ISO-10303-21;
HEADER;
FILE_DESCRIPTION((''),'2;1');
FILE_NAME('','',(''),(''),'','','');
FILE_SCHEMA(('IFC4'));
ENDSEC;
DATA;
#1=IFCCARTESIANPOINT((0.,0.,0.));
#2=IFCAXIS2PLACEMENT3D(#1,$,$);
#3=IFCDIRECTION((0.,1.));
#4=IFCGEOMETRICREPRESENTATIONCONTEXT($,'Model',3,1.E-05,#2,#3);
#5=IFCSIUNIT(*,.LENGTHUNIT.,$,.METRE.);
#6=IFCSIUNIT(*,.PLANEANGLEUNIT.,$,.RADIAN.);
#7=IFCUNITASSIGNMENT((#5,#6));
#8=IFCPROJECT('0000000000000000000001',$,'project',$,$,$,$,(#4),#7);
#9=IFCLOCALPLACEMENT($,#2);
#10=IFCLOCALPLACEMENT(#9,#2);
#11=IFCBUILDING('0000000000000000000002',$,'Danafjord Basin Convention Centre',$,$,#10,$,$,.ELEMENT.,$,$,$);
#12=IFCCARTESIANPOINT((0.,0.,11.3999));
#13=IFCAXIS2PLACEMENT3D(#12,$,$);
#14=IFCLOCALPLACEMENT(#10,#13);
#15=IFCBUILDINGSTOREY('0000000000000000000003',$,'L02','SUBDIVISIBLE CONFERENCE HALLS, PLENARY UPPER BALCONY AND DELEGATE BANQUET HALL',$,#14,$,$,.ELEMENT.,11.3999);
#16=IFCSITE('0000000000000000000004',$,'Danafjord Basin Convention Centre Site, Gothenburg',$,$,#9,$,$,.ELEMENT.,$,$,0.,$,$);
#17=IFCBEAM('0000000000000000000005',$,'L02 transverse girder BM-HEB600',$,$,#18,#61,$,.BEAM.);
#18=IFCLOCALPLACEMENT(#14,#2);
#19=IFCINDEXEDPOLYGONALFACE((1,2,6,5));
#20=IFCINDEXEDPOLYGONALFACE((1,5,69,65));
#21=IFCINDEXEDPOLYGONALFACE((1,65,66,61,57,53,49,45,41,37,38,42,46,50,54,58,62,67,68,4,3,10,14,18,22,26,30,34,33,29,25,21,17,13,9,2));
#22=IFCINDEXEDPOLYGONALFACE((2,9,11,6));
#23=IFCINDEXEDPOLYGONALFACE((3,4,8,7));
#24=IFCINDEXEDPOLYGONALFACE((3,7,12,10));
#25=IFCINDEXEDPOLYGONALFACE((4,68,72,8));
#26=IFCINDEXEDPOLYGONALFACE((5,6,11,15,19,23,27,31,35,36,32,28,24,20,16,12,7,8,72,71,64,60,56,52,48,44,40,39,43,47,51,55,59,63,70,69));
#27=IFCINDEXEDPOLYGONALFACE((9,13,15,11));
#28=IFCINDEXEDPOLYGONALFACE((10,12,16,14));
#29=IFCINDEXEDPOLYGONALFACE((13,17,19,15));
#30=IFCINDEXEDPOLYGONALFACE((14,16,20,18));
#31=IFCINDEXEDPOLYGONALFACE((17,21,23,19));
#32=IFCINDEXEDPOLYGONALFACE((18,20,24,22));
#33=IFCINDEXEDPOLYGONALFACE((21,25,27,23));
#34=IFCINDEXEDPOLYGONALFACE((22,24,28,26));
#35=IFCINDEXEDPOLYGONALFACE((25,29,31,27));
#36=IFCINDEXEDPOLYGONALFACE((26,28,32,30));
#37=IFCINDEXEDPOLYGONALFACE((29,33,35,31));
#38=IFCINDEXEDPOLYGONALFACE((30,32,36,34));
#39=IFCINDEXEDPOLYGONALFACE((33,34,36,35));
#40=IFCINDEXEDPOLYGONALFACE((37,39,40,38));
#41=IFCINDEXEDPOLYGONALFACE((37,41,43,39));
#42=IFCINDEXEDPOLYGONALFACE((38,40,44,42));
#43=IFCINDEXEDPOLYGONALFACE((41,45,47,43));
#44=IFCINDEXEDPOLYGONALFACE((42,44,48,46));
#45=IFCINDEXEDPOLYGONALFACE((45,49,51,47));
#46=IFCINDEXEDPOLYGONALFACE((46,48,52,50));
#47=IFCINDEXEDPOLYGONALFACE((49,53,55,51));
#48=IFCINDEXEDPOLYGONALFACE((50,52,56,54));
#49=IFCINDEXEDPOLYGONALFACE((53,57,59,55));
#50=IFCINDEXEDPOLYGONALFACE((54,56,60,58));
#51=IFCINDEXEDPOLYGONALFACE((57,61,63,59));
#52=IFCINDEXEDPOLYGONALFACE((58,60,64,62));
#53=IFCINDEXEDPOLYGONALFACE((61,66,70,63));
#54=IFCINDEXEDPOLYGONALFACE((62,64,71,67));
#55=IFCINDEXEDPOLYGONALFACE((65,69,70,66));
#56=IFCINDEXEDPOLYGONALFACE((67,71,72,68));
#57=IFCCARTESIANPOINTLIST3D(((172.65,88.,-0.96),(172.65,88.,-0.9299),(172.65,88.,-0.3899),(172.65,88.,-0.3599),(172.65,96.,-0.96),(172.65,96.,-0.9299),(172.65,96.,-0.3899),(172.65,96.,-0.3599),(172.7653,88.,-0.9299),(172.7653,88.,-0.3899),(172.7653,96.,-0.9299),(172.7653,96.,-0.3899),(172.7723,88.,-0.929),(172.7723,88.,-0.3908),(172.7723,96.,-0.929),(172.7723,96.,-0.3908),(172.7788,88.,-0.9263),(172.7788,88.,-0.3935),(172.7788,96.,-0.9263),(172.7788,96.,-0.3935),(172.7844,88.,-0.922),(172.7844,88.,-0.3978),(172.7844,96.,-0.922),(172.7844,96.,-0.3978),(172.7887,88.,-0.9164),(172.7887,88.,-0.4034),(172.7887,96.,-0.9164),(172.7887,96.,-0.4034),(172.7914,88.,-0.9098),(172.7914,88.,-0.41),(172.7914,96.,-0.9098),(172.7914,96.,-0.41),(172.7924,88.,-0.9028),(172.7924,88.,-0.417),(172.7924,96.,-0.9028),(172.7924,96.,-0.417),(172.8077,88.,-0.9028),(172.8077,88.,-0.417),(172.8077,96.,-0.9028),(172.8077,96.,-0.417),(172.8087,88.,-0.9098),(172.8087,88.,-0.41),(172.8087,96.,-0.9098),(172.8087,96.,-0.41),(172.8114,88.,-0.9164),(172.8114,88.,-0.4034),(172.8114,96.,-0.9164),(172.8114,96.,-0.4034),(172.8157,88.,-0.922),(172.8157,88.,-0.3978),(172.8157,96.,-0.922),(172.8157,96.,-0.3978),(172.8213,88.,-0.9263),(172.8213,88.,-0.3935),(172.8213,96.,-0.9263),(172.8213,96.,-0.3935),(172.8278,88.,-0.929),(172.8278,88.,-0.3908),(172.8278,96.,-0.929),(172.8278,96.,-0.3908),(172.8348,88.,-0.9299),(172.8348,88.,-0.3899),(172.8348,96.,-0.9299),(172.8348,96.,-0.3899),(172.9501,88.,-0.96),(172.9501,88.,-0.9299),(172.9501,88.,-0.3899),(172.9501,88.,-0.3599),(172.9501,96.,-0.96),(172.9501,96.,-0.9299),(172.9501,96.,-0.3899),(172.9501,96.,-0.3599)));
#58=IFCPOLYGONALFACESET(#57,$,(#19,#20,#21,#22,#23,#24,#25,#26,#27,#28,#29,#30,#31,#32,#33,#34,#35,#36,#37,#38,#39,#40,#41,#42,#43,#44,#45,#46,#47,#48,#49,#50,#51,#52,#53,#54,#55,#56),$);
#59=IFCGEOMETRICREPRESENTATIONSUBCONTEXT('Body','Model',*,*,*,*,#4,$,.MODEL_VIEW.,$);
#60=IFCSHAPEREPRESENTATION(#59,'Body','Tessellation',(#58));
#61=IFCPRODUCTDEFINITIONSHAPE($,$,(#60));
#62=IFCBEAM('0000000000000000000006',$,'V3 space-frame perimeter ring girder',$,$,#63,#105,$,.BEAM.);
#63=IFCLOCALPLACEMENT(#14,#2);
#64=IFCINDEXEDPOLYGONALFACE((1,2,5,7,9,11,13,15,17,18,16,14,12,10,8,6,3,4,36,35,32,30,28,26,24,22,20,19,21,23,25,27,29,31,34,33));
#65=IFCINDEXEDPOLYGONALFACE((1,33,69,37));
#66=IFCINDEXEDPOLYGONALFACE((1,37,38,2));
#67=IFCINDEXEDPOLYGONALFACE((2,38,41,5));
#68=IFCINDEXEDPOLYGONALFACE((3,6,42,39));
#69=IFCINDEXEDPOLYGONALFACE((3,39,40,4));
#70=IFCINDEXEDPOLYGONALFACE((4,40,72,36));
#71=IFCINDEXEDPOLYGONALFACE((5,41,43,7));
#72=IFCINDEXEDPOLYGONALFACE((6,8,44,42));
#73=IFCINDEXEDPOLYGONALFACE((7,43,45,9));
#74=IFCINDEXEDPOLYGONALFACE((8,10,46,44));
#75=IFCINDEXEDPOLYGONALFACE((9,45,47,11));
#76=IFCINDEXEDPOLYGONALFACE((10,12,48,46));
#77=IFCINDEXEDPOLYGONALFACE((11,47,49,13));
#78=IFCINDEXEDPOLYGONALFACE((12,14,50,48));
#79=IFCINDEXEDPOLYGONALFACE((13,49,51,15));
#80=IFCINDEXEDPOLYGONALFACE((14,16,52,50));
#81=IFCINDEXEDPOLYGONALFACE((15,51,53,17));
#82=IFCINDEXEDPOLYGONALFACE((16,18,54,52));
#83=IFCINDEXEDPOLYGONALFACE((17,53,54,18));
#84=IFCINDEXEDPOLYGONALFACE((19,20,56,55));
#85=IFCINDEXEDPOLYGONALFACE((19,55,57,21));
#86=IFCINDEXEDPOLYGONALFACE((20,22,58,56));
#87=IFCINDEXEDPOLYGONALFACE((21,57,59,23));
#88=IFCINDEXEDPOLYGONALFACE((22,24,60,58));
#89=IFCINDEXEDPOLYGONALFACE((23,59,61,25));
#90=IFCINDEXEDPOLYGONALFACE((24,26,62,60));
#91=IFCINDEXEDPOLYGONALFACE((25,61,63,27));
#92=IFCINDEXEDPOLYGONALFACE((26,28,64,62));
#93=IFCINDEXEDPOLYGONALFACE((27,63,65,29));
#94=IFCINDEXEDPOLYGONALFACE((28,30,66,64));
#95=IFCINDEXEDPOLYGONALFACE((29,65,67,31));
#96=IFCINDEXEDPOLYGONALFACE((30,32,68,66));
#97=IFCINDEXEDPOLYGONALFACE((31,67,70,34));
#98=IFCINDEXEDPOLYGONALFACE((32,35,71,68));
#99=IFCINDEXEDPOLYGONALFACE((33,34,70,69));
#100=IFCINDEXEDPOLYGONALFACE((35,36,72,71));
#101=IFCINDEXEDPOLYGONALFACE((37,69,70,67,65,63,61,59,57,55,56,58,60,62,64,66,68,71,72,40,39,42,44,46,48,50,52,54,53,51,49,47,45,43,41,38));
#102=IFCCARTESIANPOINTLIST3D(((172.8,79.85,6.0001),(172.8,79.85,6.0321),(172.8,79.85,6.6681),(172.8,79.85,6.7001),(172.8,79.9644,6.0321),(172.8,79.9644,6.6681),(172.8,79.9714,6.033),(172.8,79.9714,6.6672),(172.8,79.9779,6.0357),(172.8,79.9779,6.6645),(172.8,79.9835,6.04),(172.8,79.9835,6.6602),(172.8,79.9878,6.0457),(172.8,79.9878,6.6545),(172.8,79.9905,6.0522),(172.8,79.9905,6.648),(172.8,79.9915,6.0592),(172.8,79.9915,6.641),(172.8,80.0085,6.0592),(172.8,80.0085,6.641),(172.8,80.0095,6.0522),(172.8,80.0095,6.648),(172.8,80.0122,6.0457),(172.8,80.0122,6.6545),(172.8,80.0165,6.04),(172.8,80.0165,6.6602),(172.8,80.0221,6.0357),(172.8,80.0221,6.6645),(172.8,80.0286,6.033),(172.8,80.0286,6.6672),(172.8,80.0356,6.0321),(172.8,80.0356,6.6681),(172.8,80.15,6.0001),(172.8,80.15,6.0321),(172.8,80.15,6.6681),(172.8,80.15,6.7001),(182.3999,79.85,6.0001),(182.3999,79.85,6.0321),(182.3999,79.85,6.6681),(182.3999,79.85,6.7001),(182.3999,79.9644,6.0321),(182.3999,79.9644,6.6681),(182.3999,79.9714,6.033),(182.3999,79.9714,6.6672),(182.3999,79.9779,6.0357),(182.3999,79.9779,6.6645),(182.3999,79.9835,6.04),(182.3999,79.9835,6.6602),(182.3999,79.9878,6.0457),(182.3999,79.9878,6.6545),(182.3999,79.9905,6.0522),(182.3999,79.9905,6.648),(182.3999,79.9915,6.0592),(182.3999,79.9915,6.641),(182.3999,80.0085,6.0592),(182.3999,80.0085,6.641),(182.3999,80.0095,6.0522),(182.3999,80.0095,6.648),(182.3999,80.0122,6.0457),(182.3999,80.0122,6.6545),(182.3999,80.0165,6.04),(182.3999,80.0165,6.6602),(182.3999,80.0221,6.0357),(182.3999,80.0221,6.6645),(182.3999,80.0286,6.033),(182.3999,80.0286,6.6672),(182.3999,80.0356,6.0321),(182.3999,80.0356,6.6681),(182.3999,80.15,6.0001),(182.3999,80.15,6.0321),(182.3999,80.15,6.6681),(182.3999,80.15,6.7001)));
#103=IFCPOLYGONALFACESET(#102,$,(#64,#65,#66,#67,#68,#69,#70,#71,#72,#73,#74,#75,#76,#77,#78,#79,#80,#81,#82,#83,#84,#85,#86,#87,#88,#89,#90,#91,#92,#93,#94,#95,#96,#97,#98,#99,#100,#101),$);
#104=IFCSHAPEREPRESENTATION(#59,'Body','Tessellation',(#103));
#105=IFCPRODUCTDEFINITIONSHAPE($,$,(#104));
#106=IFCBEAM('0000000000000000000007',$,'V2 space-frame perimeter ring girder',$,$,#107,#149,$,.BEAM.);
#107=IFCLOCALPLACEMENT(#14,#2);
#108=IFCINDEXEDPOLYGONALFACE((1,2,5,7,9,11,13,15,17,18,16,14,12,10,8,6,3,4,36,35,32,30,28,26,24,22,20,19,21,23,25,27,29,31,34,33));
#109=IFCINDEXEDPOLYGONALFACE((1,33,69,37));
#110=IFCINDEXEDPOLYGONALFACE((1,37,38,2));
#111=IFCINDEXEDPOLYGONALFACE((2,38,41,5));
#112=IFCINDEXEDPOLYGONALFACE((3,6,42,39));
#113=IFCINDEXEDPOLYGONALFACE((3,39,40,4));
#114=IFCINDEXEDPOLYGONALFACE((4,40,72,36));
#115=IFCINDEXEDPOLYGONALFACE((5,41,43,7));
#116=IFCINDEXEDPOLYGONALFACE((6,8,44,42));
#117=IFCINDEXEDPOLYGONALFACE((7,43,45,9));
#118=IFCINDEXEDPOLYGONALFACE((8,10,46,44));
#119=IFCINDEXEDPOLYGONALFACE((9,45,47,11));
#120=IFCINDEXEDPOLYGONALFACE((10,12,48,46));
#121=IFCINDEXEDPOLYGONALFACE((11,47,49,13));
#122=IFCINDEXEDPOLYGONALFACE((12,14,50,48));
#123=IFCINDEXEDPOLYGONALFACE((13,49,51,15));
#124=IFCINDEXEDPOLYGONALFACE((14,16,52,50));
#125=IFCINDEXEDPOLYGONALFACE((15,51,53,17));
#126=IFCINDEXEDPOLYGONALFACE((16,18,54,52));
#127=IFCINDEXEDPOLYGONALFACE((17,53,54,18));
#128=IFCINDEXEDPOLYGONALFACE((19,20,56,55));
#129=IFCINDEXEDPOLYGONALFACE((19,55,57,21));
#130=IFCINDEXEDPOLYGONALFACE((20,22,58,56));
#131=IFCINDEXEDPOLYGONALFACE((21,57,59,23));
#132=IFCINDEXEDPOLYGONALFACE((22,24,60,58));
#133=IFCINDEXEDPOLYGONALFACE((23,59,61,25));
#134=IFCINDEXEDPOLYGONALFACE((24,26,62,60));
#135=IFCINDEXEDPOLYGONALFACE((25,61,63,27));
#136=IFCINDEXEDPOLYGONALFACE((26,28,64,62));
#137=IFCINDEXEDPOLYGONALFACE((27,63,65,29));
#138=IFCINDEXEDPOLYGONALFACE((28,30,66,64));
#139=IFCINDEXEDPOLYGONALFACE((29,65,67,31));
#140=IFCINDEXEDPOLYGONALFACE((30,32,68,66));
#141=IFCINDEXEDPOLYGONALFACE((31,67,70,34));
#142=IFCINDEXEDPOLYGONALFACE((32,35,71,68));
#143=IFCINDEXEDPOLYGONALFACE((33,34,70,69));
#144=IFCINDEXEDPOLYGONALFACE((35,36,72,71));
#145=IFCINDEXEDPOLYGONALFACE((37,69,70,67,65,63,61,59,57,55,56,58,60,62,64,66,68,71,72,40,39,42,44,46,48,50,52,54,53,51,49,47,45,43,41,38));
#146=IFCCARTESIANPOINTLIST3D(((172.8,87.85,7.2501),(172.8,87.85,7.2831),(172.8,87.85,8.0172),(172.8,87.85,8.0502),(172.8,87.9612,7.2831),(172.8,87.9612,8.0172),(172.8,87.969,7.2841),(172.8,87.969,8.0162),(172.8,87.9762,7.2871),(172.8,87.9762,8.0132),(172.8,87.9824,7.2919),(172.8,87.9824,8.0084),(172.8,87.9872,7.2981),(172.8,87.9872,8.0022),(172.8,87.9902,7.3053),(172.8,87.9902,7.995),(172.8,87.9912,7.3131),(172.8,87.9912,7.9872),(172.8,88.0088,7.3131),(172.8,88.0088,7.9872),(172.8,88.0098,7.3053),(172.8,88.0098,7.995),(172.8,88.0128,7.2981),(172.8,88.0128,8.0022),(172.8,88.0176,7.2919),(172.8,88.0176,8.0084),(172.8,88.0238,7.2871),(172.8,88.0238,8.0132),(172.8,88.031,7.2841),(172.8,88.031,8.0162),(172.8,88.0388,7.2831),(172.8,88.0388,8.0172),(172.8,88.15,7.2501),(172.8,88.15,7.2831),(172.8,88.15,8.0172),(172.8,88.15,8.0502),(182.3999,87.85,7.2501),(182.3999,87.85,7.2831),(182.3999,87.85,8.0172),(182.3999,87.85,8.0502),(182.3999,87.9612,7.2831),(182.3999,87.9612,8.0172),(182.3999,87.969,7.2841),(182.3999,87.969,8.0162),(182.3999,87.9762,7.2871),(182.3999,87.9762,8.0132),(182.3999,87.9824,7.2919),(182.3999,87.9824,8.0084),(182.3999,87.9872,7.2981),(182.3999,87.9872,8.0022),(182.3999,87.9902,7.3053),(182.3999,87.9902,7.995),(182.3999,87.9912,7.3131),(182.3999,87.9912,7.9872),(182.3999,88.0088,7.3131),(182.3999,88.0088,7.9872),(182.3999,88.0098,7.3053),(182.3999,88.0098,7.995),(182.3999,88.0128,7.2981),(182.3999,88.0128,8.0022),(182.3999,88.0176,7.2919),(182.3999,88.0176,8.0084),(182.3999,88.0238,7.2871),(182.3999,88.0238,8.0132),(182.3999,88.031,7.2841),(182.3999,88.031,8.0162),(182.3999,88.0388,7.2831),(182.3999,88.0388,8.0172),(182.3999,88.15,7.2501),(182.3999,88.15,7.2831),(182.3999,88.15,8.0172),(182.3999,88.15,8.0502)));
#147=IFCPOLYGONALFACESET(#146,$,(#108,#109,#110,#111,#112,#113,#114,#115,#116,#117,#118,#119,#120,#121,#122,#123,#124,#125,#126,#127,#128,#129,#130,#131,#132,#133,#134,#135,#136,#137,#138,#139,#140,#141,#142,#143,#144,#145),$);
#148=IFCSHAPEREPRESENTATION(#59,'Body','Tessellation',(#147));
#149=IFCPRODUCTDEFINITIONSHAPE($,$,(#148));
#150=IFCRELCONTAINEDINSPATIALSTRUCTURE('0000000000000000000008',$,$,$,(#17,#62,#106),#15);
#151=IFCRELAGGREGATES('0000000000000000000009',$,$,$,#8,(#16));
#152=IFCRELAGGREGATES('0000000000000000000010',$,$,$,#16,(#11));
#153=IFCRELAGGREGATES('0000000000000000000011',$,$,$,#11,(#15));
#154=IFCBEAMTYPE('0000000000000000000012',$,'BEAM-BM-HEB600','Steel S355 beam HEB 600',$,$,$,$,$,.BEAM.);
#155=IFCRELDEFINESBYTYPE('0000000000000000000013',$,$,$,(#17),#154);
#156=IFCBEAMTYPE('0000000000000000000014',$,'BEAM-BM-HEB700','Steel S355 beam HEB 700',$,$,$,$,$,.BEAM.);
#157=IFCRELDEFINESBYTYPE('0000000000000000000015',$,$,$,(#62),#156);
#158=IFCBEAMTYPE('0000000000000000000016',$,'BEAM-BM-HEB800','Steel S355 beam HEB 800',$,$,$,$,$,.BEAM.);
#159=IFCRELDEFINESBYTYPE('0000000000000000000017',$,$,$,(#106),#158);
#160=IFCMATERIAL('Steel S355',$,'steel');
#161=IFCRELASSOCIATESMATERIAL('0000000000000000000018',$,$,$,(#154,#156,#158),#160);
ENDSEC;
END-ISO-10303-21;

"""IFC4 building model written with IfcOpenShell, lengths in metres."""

from ifc_helpers import new_model, si_unit, direction, frame, origin, origin_2d, place, context, subcontext, project, spatial, i_section, extrude, material, material_profile, profile_set, type_object, element, save


model = new_model("IFC4")

# Units and contexts
model_context = context("Model", 3, precision=1e-05, world=origin(), true_north=direction((0.0, 1.0)))
body_context = subcontext(model_context, "Body", "Model", "MODEL_VIEW")
ifc_project = project(units=[si_unit("LENGTHUNIT", "METRE"), si_unit("PLANEANGLEUNIT", "RADIAN")], contexts=[model_context])

# Site, building, storey
site_placement = place(None, origin())
site = spatial("IfcSite", under=ifc_project, at=site_placement, Name="Danafjord Basin Convention Centre Site, Gothenburg", CompositionType="ELEMENT", RefElevation=0.0)
building_placement = place(site_placement, origin())
building = spatial("IfcBuilding", under=site, at=building_placement, Name="Danafjord Basin Convention Centre", CompositionType="ELEMENT")
storey_placement = place(building_placement, frame((0.0, 0.0, 11.3999)))
storey = spatial("IfcBuildingStorey", under=building, at=storey_placement, Name="L02", Description="SUBDIVISIBLE CONFERENCE HALLS, PLENARY UPPER BALCONY AND DELEGATE BANQUET HALL", CompositionType="ELEMENT", Elevation=11.3999)

# Shared definitions
ifc_material_1 = material(Name="Steel S355", Category="steel")

# Beams
ifc_material_profile_1 = material_profile(ifc_material_1, i_section(OverallWidth=0.3, OverallDepth=0.6001, WebThickness=0.0154, FlangeThickness=0.03, FilletRadius=0.0271, at=origin_2d()), Name="HEB 600")
ifc_profile_set_1 = profile_set([ifc_material_profile_1], Name="Steel S355")
beam_type_1 = type_object("IfcBeamType", Name="BEAM-BM-HEB600", Description="Steel S355 beam HEB 600", PredefinedType="BEAM", material=ifc_profile_set_1)
beam_1_placement = place(storey_placement, frame((172.8, 88.0, -0.6599), z_axis=(0.0, 1.0, 0.0), x_axis=(-1.0, 0.0, 0.0)))
element("IfcBeam", 1, at=beam_1_placement, inside=storey, type_object=beam_type_1, Name="L02 transverse girder BM-HEB600", PredefinedType="BEAM", context=body_context, shape_type="SweptSolid", body=[
    extrude(i_section(OverallWidth=0.3, OverallDepth=0.6001, WebThickness=0.0154, FlangeThickness=0.03, FilletRadius=0.0271, at=origin_2d()), origin(), (0.0, 0.0, 1.0), 8.0),
])
ifc_material_profile_2 = material_profile(ifc_material_1, i_section(OverallWidth=0.3, OverallDepth=0.7, WebThickness=0.0171, FlangeThickness=0.032, FilletRadius=0.0271, at=origin_2d()), Name="HEB 700")
ifc_profile_set_2 = profile_set([ifc_material_profile_2], Name="Steel S355")
beam_type_2 = type_object("IfcBeamType", Name="BEAM-BM-HEB700", Description="Steel S355 beam HEB 700", PredefinedType="BEAM", material=ifc_profile_set_2)
beam_2_placement = place(storey_placement, frame((172.8, 80.0, 6.3501), z_axis=(1.0, 0.0, 0.0), x_axis=(0.0, 1.0, 0.0)))
element("IfcBeam", 2, at=beam_2_placement, inside=storey, type_object=beam_type_2, Name="V3 space-frame perimeter ring girder", PredefinedType="BEAM", context=body_context, shape_type="SweptSolid", body=[
    extrude(i_section(OverallWidth=0.3, OverallDepth=0.7, WebThickness=0.0171, FlangeThickness=0.032, FilletRadius=0.0271, at=origin_2d()), origin(), (0.0, 0.0, 1.0), 9.5999),
])
ifc_material_profile_3 = material_profile(ifc_material_1, i_section(OverallWidth=0.3, OverallDepth=0.8, WebThickness=0.0176, FlangeThickness=0.033, FilletRadius=0.03, at=origin_2d()), Name="HEB 800")
ifc_profile_set_3 = profile_set([ifc_material_profile_3], Name="Steel S355")
beam_type_3 = type_object("IfcBeamType", Name="BEAM-BM-HEB800", Description="Steel S355 beam HEB 800", PredefinedType="BEAM", material=ifc_profile_set_3)
beam_3_placement = place(storey_placement, frame((172.8, 88.0, 7.6501), z_axis=(1.0, 0.0, 0.0), x_axis=(0.0, 1.0, 0.0)))
element("IfcBeam", 3, at=beam_3_placement, inside=storey, type_object=beam_type_3, Name="V2 space-frame perimeter ring girder", PredefinedType="BEAM", context=body_context, shape_type="SweptSolid", body=[
    extrude(i_section(OverallWidth=0.3, OverallDepth=0.8, WebThickness=0.0176, FlangeThickness=0.033, FilletRadius=0.03, at=origin_2d()), origin(), (0.0, 0.0, 1.0), 9.5999),
])

save(model, "model.ifc")
